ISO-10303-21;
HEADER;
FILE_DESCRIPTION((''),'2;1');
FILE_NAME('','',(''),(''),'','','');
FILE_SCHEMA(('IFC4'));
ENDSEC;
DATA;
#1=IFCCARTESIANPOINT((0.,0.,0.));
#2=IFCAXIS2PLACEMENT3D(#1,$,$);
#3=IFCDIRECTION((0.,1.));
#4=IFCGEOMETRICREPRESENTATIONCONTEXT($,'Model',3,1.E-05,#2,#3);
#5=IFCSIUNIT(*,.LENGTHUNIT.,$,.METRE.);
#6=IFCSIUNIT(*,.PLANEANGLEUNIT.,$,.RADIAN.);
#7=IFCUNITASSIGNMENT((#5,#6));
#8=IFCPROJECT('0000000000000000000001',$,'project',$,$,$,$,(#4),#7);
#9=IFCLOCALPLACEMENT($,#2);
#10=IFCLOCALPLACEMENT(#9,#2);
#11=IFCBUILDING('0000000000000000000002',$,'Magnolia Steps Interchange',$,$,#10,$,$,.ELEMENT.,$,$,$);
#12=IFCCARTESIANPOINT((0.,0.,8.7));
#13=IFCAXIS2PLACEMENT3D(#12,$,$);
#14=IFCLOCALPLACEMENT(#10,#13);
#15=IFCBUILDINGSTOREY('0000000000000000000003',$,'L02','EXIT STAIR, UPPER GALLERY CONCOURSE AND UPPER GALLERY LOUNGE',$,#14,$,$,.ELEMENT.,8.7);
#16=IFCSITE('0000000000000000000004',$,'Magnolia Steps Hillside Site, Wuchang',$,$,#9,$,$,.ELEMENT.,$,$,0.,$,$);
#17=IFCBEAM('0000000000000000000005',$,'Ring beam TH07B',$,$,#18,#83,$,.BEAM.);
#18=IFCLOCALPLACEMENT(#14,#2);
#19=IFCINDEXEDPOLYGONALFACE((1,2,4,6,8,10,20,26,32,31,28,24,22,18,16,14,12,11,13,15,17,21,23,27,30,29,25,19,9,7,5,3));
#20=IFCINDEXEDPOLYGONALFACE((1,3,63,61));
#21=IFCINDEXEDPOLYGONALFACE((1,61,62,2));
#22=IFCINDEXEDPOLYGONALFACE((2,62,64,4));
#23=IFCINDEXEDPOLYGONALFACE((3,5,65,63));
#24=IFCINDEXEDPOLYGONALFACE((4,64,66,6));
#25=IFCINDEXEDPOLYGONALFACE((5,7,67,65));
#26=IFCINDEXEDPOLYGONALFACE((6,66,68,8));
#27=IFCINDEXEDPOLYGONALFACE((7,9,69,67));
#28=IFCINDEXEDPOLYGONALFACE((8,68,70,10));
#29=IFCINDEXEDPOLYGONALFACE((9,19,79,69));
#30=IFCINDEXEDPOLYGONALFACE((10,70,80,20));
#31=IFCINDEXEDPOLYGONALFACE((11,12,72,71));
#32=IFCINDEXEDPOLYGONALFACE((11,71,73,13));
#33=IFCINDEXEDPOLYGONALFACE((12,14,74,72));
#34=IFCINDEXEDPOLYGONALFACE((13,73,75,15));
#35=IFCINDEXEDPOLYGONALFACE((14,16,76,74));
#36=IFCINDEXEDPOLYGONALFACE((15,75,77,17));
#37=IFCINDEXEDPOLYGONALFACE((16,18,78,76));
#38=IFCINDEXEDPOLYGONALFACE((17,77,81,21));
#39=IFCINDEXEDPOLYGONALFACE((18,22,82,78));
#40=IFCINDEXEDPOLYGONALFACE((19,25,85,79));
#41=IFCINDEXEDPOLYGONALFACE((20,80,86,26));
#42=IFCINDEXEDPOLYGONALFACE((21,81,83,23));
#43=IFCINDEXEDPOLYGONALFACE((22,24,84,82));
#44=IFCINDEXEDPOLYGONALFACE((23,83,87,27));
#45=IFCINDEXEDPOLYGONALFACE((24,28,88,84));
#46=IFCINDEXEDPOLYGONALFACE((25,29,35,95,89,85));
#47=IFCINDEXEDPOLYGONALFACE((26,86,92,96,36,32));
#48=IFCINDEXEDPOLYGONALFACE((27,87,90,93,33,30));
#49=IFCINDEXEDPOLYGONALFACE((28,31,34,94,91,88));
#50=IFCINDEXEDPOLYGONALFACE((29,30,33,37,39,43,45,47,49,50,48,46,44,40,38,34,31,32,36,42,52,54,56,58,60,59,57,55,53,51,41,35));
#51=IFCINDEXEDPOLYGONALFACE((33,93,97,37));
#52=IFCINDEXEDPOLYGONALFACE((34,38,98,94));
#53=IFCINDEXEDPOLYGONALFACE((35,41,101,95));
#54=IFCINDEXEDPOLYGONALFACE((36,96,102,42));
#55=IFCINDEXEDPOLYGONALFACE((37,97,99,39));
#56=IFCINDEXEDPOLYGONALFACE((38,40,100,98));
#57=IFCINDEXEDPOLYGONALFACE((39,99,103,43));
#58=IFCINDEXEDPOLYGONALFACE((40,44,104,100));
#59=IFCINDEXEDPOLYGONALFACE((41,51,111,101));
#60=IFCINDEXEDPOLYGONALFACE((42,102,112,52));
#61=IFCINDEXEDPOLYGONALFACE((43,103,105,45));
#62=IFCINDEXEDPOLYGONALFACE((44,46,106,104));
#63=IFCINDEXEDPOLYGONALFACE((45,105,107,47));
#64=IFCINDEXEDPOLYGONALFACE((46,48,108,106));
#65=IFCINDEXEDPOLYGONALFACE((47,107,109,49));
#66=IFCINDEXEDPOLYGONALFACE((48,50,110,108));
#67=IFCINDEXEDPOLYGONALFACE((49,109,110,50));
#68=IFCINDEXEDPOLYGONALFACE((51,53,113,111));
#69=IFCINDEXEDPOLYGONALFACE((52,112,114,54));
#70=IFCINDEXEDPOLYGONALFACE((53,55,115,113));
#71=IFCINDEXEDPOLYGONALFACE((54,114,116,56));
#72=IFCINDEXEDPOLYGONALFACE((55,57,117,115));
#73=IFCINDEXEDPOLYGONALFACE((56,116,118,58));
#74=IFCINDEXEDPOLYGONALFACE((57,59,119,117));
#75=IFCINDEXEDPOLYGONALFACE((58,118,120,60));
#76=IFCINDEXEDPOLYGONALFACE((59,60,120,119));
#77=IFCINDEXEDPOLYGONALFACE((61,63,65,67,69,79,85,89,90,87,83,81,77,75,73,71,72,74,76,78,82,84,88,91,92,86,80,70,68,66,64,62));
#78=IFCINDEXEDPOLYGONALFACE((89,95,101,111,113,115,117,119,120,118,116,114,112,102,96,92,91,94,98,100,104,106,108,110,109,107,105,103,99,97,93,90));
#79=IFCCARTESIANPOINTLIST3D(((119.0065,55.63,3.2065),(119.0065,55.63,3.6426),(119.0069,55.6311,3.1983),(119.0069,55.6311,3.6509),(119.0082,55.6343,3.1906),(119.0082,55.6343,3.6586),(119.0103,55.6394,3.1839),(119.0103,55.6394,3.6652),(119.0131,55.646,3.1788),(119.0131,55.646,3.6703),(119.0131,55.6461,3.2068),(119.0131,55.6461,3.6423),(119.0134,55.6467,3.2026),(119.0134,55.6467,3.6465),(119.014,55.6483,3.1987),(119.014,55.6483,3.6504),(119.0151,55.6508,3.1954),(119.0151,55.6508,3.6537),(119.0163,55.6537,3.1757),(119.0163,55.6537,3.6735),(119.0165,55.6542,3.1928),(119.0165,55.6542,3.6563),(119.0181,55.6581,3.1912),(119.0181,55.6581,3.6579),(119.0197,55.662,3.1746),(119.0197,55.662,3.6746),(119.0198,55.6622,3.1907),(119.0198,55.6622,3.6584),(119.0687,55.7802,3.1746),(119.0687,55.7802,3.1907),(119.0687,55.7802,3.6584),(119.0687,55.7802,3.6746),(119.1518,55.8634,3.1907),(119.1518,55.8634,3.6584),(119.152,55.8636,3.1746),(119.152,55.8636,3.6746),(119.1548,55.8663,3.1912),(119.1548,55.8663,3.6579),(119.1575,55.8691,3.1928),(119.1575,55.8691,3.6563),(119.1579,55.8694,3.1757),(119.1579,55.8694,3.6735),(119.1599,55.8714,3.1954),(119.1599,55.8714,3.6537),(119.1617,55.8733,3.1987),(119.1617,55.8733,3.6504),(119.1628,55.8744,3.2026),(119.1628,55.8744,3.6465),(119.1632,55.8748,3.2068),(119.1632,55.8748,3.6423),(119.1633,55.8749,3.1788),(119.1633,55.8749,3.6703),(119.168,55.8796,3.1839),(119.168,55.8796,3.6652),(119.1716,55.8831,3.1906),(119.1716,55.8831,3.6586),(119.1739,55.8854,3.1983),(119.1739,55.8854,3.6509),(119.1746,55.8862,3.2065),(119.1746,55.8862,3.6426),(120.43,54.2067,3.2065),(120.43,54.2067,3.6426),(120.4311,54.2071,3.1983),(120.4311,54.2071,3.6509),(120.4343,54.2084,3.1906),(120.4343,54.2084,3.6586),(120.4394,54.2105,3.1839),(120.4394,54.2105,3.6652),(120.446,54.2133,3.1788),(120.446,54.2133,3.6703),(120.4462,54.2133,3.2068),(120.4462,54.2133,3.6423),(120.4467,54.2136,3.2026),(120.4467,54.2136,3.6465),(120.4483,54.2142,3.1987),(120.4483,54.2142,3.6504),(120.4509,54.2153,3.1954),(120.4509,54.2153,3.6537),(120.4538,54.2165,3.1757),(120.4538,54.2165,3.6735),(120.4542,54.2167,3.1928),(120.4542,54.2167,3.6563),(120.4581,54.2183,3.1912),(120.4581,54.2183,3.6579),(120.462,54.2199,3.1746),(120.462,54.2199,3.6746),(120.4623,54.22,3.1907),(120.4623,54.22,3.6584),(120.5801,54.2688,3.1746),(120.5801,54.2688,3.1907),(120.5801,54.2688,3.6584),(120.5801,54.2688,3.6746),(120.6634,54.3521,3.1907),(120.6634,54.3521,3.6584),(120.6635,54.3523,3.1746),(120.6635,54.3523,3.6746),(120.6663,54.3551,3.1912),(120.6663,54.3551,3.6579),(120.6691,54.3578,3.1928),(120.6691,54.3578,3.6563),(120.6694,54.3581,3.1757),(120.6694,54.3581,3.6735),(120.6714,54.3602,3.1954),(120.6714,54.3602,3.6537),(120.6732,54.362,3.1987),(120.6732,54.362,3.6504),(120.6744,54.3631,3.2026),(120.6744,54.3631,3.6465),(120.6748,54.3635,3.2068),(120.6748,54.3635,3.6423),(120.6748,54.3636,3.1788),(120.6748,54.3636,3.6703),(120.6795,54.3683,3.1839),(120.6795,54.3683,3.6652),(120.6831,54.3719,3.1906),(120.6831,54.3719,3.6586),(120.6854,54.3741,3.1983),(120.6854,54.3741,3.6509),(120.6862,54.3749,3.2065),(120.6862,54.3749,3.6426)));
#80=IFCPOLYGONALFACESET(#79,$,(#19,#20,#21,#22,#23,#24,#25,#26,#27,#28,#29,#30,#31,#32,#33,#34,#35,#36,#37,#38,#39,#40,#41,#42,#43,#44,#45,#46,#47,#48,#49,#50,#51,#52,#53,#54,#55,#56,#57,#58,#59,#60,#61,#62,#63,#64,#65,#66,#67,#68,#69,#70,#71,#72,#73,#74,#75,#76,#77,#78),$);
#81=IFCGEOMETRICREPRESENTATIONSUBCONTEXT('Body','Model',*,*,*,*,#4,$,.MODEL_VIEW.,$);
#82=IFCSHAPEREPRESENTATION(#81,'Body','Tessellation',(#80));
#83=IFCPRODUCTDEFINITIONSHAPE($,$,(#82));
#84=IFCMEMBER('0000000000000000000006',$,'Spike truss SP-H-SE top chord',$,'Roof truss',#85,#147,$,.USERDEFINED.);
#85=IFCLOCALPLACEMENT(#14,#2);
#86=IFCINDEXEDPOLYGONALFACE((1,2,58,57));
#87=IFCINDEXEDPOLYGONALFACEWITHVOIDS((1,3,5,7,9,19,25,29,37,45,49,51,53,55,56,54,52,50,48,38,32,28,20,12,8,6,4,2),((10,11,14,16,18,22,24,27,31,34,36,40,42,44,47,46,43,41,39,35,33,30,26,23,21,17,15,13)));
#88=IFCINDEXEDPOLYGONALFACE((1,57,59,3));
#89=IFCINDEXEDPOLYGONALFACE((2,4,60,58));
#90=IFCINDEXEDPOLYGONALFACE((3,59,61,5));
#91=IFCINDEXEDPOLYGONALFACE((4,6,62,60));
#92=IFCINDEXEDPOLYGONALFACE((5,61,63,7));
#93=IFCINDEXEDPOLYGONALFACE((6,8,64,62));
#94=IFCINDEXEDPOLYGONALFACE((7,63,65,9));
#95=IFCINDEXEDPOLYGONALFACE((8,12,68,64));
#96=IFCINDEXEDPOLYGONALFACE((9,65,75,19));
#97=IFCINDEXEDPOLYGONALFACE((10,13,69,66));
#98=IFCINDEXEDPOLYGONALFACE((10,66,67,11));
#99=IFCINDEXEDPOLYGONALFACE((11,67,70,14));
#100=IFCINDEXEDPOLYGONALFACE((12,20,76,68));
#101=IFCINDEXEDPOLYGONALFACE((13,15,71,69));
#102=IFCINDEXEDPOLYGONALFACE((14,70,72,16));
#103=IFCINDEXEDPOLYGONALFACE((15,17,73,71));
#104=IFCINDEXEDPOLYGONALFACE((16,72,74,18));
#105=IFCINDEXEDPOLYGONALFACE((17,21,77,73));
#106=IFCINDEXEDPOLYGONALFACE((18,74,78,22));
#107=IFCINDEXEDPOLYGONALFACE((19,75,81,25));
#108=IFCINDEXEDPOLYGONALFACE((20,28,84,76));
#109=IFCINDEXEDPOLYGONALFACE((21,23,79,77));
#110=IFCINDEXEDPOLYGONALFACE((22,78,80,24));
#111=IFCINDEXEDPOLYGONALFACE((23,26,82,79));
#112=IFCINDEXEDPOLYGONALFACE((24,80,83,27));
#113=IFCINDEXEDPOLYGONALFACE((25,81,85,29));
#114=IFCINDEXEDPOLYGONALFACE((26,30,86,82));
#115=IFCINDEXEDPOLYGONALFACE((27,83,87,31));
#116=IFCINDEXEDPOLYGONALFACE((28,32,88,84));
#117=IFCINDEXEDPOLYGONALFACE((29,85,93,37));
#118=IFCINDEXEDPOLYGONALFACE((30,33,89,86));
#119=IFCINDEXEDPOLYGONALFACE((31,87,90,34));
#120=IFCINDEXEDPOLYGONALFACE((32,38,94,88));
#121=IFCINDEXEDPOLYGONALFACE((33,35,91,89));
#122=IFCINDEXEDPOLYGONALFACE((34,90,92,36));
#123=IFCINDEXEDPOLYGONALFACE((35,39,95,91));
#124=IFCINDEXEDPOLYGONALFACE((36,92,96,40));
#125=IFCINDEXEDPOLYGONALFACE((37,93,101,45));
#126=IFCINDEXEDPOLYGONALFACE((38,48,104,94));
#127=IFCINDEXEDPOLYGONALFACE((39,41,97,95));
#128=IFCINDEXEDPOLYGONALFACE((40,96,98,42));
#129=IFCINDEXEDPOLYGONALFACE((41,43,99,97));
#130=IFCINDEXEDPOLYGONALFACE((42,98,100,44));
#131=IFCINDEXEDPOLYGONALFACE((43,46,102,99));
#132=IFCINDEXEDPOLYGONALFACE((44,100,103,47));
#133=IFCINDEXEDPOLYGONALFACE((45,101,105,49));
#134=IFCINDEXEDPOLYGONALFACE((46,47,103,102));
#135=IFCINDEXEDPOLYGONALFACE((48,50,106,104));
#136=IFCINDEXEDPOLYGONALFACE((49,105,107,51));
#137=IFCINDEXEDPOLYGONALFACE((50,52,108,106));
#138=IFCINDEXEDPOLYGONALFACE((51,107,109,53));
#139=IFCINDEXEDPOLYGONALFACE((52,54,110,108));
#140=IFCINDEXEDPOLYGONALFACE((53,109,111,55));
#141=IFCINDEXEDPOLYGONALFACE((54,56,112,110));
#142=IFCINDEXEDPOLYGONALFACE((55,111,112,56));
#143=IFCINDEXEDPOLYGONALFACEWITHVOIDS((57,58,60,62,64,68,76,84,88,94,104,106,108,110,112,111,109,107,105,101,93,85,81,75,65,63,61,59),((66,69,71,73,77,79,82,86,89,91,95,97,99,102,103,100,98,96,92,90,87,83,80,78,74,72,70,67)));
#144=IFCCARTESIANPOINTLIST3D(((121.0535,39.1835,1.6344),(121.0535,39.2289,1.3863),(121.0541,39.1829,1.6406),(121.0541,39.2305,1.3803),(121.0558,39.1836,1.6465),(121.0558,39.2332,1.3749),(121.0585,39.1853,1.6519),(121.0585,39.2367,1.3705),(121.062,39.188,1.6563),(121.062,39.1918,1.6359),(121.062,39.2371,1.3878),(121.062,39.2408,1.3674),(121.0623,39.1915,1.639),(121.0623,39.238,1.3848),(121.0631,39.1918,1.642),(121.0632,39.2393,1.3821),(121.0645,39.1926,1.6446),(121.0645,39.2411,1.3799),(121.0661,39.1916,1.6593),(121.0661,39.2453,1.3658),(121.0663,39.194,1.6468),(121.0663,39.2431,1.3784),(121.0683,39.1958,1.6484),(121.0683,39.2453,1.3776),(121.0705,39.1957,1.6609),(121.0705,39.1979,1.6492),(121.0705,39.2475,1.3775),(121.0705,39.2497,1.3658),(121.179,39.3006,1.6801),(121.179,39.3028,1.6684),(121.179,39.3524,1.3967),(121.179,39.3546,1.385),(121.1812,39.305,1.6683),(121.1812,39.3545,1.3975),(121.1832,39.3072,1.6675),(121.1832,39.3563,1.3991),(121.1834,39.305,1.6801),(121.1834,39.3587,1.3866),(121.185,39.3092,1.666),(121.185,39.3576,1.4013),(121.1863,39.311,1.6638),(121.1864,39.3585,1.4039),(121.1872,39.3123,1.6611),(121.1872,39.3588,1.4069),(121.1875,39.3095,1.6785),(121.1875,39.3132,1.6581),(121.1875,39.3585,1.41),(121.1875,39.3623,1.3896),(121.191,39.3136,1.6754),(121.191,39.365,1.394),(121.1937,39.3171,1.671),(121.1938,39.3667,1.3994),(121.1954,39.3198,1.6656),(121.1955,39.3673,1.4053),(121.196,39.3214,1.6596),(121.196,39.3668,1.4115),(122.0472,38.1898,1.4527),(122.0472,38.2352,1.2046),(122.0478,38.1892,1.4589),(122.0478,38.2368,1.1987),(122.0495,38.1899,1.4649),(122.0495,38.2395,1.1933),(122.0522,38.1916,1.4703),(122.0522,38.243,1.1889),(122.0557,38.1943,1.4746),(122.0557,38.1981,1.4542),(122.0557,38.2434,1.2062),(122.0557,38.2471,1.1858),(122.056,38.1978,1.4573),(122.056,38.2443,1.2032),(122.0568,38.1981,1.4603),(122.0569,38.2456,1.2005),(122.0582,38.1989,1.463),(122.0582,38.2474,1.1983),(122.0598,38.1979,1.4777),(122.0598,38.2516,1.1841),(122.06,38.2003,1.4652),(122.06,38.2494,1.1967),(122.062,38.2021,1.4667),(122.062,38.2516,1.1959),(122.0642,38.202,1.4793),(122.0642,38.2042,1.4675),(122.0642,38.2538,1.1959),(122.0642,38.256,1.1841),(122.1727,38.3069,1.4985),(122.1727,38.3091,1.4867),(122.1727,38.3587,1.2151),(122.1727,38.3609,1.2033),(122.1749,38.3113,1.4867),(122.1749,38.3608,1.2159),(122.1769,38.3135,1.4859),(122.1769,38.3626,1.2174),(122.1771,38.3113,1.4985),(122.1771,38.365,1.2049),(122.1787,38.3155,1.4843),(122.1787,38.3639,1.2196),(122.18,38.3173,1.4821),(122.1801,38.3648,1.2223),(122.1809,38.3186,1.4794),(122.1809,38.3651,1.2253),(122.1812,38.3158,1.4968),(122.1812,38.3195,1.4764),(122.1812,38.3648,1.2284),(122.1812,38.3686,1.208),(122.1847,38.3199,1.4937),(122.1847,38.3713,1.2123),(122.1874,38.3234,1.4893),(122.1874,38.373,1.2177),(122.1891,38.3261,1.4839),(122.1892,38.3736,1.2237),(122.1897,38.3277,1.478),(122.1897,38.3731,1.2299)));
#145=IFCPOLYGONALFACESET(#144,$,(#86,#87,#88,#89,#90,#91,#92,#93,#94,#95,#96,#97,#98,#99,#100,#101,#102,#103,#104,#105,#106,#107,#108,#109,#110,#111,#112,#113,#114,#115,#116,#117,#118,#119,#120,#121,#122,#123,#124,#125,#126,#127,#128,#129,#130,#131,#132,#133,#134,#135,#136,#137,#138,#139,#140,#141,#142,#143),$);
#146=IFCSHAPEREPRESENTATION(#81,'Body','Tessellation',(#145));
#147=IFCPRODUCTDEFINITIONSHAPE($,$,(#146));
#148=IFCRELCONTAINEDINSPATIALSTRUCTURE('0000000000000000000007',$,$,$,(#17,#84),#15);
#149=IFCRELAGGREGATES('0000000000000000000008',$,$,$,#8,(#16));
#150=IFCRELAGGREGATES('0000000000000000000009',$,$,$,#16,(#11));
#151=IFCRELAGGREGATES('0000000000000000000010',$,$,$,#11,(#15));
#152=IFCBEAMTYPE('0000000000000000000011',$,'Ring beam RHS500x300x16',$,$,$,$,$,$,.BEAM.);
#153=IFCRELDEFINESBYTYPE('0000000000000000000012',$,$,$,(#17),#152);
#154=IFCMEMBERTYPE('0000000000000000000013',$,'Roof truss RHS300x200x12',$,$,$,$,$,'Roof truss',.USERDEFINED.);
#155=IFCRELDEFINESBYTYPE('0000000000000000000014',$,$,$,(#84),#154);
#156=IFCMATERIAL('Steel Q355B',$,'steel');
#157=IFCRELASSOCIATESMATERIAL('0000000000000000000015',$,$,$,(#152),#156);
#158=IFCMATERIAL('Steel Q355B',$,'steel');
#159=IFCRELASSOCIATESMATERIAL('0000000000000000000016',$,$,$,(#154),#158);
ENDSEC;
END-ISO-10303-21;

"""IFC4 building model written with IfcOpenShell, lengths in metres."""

from ifc_helpers import new_model, si_unit, direction, frame, origin, origin_2d, place, context, subcontext, project, spatial, hollow_rectangle, extrude, clip, halfspace, material, material_profile, profile_set, type_object, element, save


model = new_model("IFC4")

# Units and contexts
model_context = context("Model", 3, precision=1e-05, world=origin(), true_north=direction((0.0, 1.0)))
body_context = subcontext(model_context, "Body", "Model", "MODEL_VIEW")
ifc_project = project(units=[si_unit("LENGTHUNIT", "METRE"), si_unit("PLANEANGLEUNIT", "RADIAN")], contexts=[model_context])

# Site, building, storey
site_placement = place(None, origin())
site = spatial("IfcSite", under=ifc_project, at=site_placement, Name="Magnolia Steps Hillside Site, Wuchang", CompositionType="ELEMENT", RefElevation=0.0)
building_placement = place(site_placement, origin())
building = spatial("IfcBuilding", under=site, at=building_placement, Name="Magnolia Steps Interchange", CompositionType="ELEMENT")
storey_placement = place(building_placement, frame((0.0, 0.0, 8.7)))
storey = spatial("IfcBuildingStorey", under=building, at=storey_placement, Name="L02", Description="EXIT STAIR, UPPER GALLERY CONCOURSE AND UPPER GALLERY LOUNGE", CompositionType="ELEMENT", Elevation=8.7)

# Beam
ifc_material_1 = material(Name="Steel Q355B", Category="steel")
ifc_material_profile_1 = material_profile(ifc_material_1, hollow_rectangle(XDim=0.3, YDim=0.5, WallThickness=0.0161, InnerFilletRadius=0.0161, OuterFilletRadius=0.032, at=origin_2d()), Name="RHS500x300x16")
ifc_profile_set_1 = profile_set([ifc_material_profile_1], Name="Steel Q355B")
beam_type = type_object("IfcBeamType", Name="Ring beam RHS500x300x16", PredefinedType="BEAM", material=ifc_profile_set_1)
beam_1_placement = place(storey_placement, frame((120.5801, 54.2688, 3.4246), z_axis=(-0.707164, 0.70705, 0.0), x_axis=(-0.70705, -0.707164, 0.0)))
element("IfcBeam", 1, at=beam_1_placement, inside=storey, type_object=beam_type, Name="Ring beam TH07B", PredefinedType="BEAM", context=body_context, shape_type="Clipping", body=[
    clip(clip(extrude(hollow_rectangle(XDim=0.3, YDim=0.5, WallThickness=0.0161, InnerFilletRadius=0.0161, OuterFilletRadius=0.032, at=origin_2d()), origin(), (0.0, 0.0, 1.0), 2.1375), halfspace(frame((0.0, 0.0, 0.0), z_axis=(0.382758, 0.0, -0.923849), x_axis=(0.923849, 0.0, 0.382758)), False)), halfspace(frame((0.0, 0.0, 2.1374), z_axis=(0.382609, 0.0, 0.92391), x_axis=(0.92391, 0.0, -0.382609)), False)),
])

# Member
ifc_material_2 = material(Name="Steel Q355B", Category="steel")
ifc_material_profile_2 = material_profile(ifc_material_2, hollow_rectangle(XDim=0.2, YDim=0.3, WallThickness=0.012, InnerFilletRadius=0.012, OuterFilletRadius=0.0239, at=origin_2d()), Name="RHS300x200x12")
ifc_profile_set_2 = profile_set([ifc_material_profile_2], Name="Steel Q355B")
member_type_1 = type_object("IfcMemberType", Name="Roof truss RHS300x200x12", ElementType="Roof truss", PredefinedType="USERDEFINED", material=ifc_profile_set_2)
member_1_placement = place(storey_placement, frame((121.1248, 39.2751, 1.5229), z_axis=(0.701273, -0.701273, -0.128193), x_axis=(0.712893, 0.689826, 0.126188)))
element("IfcMember", 2, at=member_1_placement, inside=storey, type_object=member_type_1, Name="Spike truss SP-H-SE top chord", ObjectType="Roof truss", PredefinedType="USERDEFINED", context=body_context, shape_type="SweptSolid", body=[
    extrude(hollow_rectangle(XDim=0.2, YDim=0.3, WallThickness=0.012, InnerFilletRadius=0.012, OuterFilletRadius=0.0239, at=origin_2d()), origin(), (0.0, 0.0, 1.0), 1.417),
])

save(model, "model.ifc")
